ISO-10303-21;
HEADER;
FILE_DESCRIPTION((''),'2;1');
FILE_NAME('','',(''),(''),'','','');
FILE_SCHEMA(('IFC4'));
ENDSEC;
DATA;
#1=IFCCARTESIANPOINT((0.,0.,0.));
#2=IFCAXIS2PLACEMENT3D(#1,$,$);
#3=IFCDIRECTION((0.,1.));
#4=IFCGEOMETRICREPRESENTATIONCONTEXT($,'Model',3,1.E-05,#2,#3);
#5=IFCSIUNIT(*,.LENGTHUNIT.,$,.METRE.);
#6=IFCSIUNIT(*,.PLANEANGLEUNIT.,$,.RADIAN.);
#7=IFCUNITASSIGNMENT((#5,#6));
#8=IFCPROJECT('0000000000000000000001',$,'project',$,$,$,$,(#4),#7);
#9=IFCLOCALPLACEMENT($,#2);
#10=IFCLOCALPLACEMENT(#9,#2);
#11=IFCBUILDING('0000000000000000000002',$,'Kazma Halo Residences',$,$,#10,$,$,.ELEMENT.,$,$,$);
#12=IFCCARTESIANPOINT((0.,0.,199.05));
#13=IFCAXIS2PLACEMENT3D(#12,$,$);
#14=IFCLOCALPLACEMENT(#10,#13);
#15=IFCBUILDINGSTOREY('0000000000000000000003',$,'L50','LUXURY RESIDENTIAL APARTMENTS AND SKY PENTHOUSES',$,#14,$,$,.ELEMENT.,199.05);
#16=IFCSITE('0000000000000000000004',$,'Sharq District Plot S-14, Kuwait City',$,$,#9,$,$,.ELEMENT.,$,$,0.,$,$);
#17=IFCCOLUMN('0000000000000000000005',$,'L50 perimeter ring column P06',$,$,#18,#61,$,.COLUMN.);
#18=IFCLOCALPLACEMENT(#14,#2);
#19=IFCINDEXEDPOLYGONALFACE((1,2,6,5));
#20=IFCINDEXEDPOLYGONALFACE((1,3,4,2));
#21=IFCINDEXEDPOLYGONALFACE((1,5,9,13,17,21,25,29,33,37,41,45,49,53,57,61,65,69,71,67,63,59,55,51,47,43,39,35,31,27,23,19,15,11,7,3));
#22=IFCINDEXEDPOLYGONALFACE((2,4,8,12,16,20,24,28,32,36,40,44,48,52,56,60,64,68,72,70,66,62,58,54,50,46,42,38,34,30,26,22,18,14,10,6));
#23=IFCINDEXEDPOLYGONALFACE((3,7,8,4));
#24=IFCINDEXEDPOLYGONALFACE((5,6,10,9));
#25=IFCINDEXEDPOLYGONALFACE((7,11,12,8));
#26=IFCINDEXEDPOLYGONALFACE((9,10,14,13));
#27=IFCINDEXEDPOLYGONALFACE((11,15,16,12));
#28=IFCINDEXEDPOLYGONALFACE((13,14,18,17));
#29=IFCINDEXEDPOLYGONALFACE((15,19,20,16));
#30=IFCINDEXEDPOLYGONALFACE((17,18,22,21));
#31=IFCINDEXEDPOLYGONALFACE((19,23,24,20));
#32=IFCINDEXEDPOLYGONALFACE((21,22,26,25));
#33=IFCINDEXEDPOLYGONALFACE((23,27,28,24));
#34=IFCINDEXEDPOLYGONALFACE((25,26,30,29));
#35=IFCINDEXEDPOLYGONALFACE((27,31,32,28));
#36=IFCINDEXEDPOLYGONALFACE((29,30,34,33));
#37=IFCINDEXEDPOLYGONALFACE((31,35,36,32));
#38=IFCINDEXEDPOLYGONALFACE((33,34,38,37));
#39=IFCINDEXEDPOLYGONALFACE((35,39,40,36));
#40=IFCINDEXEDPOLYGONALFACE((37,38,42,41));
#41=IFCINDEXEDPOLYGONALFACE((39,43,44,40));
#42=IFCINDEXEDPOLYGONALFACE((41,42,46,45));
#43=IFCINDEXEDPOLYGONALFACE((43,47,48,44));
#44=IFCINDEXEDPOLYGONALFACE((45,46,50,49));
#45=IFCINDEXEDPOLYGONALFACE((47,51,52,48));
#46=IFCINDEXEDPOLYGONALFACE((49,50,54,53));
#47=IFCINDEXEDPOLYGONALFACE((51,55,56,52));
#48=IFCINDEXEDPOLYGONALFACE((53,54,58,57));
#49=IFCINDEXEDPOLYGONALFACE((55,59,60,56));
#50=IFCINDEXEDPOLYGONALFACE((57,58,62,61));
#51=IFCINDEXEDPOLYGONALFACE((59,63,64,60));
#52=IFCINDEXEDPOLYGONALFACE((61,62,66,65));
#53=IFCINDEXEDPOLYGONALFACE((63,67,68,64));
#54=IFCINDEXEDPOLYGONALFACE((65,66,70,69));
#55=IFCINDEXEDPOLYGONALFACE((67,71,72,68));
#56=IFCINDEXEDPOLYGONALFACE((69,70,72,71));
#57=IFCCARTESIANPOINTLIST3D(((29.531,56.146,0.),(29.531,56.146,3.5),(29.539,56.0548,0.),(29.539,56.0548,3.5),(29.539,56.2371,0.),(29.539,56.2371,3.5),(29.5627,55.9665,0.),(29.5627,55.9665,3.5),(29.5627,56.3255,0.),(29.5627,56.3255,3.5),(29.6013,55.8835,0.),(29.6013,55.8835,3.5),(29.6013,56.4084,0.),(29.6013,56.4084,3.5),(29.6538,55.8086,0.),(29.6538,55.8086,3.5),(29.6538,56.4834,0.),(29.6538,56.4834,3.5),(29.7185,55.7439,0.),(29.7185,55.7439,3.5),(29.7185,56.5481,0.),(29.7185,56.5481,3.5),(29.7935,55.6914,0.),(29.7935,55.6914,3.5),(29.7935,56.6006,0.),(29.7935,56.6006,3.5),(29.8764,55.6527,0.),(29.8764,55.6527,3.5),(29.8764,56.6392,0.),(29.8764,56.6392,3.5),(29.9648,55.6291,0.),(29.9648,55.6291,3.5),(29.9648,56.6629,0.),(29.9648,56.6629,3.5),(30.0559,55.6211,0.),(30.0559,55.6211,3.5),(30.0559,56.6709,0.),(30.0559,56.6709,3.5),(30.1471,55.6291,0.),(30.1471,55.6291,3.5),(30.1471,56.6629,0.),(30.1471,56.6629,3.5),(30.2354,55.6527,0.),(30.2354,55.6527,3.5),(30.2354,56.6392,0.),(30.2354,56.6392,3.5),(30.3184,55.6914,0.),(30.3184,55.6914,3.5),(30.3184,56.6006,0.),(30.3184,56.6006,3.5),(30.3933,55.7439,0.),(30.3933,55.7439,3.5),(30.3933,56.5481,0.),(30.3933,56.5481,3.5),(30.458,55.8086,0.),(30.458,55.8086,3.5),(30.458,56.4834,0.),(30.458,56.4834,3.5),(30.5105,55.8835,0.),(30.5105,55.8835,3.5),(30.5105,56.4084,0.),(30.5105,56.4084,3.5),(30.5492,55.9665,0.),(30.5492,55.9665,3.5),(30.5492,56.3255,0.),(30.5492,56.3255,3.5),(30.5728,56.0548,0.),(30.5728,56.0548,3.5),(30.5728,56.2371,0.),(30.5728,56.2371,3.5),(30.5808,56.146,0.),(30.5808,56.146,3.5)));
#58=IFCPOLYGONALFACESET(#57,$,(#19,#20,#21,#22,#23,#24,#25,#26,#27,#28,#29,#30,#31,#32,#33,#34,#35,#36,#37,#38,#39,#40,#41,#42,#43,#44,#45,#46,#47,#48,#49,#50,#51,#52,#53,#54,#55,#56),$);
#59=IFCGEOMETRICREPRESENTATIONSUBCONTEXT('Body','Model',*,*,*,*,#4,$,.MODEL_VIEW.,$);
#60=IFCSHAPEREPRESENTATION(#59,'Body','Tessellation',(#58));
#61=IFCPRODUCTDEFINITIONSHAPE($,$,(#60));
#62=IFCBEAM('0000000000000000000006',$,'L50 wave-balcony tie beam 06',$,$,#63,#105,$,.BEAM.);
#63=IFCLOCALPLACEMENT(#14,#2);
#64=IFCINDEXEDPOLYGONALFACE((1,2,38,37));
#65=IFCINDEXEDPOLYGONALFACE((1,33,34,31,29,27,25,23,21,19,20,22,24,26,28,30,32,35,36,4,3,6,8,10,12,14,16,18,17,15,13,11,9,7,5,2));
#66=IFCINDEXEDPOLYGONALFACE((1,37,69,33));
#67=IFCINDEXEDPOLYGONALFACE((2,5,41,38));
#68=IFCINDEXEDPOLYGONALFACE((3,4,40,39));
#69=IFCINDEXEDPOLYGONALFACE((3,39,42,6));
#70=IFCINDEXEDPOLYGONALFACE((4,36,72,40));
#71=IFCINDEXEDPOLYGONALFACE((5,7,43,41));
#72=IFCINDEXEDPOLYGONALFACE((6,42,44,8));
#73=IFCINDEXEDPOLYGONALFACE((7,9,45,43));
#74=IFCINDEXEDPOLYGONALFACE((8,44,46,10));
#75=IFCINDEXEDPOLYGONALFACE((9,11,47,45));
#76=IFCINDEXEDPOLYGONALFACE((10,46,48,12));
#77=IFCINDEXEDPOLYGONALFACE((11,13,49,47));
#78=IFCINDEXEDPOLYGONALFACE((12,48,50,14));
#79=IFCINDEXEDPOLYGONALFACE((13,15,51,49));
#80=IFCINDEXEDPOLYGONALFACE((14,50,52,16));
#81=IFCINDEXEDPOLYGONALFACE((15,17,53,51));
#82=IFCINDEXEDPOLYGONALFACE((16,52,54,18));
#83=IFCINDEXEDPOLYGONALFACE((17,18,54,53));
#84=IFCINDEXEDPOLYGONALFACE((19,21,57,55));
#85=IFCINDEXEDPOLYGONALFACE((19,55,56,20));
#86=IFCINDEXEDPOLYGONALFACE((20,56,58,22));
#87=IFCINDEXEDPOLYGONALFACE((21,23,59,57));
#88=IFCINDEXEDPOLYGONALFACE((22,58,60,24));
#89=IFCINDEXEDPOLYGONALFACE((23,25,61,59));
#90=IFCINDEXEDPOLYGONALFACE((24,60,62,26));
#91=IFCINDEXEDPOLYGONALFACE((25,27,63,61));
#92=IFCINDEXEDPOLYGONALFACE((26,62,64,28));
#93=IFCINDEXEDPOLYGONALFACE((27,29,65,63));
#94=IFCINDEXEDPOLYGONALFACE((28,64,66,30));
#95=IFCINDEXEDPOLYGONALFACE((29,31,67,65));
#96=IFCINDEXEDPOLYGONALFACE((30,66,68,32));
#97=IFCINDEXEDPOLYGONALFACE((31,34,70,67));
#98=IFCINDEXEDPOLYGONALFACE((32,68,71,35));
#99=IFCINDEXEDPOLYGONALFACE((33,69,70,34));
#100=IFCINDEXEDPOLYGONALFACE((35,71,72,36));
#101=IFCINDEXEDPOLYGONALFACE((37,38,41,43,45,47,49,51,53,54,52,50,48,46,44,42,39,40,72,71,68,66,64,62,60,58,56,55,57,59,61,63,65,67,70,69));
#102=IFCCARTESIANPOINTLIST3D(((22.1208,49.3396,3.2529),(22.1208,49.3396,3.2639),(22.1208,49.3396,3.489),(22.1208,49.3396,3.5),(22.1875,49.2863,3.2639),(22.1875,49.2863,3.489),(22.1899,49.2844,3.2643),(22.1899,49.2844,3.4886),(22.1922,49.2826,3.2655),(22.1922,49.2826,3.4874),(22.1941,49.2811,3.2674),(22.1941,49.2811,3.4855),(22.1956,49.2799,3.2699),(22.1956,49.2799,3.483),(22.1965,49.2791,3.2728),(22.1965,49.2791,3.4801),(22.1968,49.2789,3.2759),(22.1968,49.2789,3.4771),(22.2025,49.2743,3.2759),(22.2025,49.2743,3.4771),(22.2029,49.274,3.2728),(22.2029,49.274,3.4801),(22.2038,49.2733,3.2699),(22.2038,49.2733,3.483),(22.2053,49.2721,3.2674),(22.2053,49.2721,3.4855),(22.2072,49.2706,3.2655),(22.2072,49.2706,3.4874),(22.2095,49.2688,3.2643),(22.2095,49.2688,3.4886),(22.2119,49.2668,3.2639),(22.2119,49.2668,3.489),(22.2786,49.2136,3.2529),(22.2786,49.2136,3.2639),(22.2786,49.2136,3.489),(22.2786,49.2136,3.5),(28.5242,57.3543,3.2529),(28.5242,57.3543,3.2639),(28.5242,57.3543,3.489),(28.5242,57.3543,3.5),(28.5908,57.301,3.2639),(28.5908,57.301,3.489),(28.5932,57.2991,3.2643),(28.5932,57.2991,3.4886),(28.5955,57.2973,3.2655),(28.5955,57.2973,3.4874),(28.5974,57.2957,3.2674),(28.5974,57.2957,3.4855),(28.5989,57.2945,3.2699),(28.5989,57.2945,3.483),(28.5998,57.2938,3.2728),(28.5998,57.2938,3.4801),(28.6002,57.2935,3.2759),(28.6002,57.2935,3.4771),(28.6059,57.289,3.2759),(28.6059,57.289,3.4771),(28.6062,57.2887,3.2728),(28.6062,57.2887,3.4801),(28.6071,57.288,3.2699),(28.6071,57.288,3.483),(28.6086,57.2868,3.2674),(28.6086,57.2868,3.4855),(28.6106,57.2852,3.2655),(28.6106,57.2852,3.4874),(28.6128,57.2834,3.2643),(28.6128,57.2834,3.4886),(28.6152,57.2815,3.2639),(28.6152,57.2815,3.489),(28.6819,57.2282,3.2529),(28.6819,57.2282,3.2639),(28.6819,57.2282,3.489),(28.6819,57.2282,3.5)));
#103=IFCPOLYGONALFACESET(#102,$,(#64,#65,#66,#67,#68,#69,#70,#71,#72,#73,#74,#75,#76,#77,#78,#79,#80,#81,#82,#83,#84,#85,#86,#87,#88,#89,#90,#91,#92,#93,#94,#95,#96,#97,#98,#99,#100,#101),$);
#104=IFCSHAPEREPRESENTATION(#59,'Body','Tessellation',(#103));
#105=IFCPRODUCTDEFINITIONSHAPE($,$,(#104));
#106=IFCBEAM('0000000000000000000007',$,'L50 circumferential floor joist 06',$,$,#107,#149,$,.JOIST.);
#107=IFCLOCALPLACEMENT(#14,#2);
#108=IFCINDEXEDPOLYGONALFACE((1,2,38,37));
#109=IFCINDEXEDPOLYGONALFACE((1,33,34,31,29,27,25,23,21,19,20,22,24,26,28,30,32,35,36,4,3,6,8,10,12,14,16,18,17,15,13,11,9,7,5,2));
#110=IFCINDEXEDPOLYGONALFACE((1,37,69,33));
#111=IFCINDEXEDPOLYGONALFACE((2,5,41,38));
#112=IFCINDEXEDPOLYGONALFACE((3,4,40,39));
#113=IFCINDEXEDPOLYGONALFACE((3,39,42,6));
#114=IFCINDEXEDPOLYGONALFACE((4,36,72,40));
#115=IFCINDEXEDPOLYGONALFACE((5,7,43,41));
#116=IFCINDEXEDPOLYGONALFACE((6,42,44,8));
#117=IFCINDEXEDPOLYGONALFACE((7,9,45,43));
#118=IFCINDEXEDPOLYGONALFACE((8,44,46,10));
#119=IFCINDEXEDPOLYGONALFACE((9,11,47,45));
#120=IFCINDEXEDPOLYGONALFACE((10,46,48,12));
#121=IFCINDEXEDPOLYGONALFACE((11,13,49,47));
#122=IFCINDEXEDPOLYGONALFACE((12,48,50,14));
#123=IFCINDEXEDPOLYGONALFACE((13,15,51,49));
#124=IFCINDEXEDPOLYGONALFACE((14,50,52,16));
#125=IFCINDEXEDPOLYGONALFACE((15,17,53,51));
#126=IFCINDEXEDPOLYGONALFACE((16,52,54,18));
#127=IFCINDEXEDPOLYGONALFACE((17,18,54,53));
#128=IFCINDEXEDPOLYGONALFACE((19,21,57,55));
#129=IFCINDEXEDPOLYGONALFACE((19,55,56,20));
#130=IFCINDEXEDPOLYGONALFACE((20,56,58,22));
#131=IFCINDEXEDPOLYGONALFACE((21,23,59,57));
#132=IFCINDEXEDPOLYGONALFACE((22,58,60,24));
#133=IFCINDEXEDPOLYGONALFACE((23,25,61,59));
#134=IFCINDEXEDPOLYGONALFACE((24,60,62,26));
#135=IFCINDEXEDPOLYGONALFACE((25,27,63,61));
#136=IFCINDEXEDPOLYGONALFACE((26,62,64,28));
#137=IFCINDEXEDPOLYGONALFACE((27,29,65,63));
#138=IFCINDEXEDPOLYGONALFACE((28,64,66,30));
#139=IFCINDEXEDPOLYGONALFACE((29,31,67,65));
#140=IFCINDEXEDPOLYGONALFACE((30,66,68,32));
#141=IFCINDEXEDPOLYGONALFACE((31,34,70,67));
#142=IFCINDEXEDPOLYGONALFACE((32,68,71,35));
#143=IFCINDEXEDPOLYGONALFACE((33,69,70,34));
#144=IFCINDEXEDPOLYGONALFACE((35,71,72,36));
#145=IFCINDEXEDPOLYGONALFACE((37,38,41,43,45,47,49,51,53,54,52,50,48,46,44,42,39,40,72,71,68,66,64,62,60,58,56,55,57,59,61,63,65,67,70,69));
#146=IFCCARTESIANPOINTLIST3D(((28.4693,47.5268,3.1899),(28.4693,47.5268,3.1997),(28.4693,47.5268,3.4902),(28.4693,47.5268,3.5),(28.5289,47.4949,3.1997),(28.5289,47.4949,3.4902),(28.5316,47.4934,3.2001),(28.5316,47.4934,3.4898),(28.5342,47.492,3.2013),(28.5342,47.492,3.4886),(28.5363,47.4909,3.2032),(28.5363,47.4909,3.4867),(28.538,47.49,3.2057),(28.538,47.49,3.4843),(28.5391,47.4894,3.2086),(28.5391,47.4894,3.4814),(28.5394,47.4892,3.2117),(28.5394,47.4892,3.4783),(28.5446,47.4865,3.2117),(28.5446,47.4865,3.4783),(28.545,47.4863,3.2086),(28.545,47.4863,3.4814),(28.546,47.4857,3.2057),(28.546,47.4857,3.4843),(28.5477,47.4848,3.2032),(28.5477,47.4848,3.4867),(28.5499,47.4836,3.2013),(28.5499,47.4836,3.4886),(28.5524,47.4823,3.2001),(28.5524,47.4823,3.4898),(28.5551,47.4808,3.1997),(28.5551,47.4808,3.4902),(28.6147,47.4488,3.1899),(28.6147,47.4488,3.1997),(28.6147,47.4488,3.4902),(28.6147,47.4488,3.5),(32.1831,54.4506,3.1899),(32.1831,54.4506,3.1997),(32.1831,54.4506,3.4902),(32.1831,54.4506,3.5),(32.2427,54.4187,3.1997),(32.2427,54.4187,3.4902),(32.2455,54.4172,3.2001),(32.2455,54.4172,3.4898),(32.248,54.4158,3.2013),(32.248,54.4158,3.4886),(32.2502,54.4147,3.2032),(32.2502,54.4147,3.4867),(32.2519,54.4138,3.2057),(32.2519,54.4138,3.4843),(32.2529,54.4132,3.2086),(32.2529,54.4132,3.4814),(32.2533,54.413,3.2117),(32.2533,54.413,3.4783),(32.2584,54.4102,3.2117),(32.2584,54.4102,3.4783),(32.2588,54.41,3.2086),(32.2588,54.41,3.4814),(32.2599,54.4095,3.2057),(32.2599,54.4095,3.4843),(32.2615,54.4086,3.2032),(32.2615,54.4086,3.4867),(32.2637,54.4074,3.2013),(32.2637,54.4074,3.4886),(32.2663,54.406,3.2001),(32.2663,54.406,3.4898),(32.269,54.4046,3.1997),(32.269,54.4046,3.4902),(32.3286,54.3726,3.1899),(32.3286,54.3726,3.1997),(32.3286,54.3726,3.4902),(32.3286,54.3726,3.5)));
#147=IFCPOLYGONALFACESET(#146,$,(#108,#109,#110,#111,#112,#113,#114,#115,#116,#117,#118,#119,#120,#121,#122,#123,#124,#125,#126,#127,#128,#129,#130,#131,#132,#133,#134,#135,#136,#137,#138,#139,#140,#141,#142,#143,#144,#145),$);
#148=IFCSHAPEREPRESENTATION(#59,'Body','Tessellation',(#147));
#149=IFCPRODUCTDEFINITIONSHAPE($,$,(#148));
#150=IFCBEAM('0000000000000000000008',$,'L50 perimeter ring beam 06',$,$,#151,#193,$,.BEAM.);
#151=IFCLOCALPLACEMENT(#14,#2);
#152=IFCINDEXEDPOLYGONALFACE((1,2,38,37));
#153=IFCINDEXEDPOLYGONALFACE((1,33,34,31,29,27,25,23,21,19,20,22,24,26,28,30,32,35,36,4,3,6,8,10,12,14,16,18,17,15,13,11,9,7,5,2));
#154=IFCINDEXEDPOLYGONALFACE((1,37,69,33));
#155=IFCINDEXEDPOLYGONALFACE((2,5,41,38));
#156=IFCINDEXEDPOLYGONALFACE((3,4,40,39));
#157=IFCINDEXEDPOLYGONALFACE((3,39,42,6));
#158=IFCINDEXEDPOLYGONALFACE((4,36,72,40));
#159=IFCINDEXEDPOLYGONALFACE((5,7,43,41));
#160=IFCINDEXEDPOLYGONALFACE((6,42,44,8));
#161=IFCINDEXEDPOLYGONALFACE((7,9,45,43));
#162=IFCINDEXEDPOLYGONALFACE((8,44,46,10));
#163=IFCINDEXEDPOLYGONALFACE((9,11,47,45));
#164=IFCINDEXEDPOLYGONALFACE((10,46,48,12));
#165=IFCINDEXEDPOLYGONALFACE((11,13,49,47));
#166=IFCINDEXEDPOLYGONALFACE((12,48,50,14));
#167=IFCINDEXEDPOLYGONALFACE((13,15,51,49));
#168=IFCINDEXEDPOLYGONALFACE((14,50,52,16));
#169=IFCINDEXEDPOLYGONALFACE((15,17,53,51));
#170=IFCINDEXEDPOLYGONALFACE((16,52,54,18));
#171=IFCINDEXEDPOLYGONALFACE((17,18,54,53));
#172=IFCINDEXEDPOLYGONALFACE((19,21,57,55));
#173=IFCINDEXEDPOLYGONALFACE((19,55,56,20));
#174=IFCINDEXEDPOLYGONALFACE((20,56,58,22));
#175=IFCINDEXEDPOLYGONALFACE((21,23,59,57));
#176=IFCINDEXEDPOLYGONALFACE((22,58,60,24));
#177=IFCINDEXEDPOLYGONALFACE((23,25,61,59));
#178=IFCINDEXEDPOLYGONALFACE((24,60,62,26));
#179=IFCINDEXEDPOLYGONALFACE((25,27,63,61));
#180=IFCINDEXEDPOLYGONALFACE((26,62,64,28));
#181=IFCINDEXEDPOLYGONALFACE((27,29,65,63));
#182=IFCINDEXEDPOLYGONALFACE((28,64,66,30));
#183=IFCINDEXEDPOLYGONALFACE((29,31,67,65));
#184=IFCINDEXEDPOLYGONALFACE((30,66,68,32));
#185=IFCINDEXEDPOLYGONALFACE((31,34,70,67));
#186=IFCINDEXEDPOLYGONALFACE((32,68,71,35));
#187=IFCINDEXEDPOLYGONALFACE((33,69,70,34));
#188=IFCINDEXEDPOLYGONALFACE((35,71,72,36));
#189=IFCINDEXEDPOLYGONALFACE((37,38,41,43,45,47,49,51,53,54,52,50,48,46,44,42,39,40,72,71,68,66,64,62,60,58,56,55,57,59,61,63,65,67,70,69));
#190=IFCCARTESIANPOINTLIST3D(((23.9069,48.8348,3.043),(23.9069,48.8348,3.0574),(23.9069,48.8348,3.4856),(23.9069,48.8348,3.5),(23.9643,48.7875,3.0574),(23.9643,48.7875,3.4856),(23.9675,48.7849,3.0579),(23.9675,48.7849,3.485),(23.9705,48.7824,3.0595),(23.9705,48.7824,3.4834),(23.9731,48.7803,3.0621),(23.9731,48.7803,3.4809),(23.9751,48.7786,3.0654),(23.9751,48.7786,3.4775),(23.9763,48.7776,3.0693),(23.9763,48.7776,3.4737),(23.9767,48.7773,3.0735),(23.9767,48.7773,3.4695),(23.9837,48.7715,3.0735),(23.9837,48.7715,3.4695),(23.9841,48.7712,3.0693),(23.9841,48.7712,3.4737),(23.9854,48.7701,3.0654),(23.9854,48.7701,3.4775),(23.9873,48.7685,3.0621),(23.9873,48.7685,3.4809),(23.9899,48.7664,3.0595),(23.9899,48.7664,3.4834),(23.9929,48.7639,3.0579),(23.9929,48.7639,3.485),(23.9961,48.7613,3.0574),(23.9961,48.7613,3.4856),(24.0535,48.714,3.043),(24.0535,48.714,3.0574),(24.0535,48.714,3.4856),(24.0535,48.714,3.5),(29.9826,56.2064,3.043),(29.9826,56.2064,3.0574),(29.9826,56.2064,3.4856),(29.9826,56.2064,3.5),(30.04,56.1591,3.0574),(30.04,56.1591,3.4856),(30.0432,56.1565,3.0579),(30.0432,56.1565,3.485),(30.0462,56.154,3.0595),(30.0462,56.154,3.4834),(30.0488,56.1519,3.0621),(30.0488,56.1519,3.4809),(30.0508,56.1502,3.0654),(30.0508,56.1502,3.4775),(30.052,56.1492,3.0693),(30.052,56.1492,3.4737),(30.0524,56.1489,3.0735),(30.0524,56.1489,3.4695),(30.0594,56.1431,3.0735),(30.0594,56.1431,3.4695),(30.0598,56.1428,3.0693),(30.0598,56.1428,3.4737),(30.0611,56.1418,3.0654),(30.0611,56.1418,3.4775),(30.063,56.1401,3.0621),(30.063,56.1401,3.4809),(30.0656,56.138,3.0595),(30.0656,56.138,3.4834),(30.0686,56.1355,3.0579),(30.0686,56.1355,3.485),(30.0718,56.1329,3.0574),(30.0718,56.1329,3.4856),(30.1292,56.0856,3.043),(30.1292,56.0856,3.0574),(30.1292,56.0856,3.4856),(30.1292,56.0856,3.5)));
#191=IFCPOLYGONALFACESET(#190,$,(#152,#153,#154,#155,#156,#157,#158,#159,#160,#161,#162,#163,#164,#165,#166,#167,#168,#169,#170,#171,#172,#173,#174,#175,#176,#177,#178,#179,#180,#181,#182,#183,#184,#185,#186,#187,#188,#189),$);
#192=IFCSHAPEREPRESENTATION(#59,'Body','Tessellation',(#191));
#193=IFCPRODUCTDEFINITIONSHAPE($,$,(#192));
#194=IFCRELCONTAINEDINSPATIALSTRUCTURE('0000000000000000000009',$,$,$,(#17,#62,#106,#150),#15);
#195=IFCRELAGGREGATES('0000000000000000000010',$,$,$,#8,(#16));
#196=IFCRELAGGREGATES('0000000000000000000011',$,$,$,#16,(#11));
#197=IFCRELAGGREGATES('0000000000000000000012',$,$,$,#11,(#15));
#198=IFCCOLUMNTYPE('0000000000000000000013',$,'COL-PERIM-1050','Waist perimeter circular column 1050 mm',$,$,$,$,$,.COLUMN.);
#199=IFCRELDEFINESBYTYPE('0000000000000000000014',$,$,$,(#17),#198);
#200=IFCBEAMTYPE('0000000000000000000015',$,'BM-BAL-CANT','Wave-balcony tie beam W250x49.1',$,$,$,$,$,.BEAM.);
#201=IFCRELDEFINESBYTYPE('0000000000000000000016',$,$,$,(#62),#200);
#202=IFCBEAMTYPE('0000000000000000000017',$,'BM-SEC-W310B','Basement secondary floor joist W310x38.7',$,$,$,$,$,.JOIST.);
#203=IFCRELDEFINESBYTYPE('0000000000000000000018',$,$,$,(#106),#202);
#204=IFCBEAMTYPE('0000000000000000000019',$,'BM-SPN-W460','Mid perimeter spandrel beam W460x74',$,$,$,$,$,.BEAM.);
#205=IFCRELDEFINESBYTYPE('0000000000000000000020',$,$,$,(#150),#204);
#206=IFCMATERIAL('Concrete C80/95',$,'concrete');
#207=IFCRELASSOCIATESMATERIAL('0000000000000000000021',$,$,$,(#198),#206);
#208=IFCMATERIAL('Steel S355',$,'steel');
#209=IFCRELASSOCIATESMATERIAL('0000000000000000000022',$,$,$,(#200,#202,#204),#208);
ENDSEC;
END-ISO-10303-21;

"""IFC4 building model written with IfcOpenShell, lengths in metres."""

from ifc_helpers import new_model, si_unit, direction, frame, origin, origin_2d, place, context, subcontext, project, spatial, circle, i_section, extrude, material, material_profile, profile_set, type_object, element, save


model = new_model("IFC4")

# Units and contexts
model_context = context("Model", 3, precision=1e-05, world=origin(), true_north=direction((0.0, 1.0)))
body_context = subcontext(model_context, "Body", "Model", "MODEL_VIEW")
ifc_project = project(units=[si_unit("LENGTHUNIT", "METRE"), si_unit("PLANEANGLEUNIT", "RADIAN")], contexts=[model_context])

# Site, building, storey
site_placement = place(None, origin())
site = spatial("IfcSite", under=ifc_project, at=site_placement, Name="Sharq District Plot S-14, Kuwait City", CompositionType="ELEMENT", RefElevation=0.0)
building_placement = place(site_placement, origin())
building = spatial("IfcBuilding", under=site, at=building_placement, Name="Kazma Halo Residences", CompositionType="ELEMENT")
storey_placement = place(building_placement, frame((0.0, 0.0, 199.05)))
storey = spatial("IfcBuildingStorey", under=building, at=storey_placement, Name="L50", Description="LUXURY RESIDENTIAL APARTMENTS AND SKY PENTHOUSES", CompositionType="ELEMENT", Elevation=199.05)

# Column
ifc_material_1 = material(Name="Concrete C80/95", Category="concrete")
ifc_material_profile_1 = material_profile(ifc_material_1, circle(Radius=0.5249, at=origin_2d()), Name="CIRC1050")
ifc_profile_set_1 = profile_set([ifc_material_profile_1], Name="Concrete C80/95")
column_type = type_object("IfcColumnType", Name="COL-PERIM-1050", Description="Waist perimeter circular column 1050 mm", PredefinedType="COLUMN", material=ifc_profile_set_1)
column_placement = place(storey_placement, frame((30.0559, 56.146, 0.0), z_axis=(0.0, 0.0, 1.0), x_axis=(1.0, 0.0, 0.0)))
element("IfcColumn", 1, at=column_placement, inside=storey, type_object=column_type, Name="L50 perimeter ring column P06", PredefinedType="COLUMN", context=body_context, shape_type="SweptSolid", body=[
    extrude(circle(Radius=0.5249, at=origin_2d()), origin(), (0.0, 0.0, 1.0), 3.5),
])

# Beams
ifc_material_2 = material(Name="Steel S355", Category="steel")
ifc_material_profile_2 = material_profile(ifc_material_2, i_section(OverallWidth=0.2019, OverallDepth=0.2471, WebThickness=0.0073, FlangeThickness=0.011, FilletRadius=0.012, at=origin_2d()), Name="W250x49.1")
ifc_profile_set_2 = profile_set([ifc_material_profile_2], Name="Steel S355")
beam_type_1 = type_object("IfcBeamType", Name="BM-BAL-CANT", Description="Wave-balcony tie beam W250x49.1", PredefinedType="BEAM", material=ifc_profile_set_2)
beam_1_placement = place(storey_placement, frame((28.603, 57.2913, 3.3765), z_axis=(-0.624196, -0.781268, 0.0), x_axis=(0.781268, -0.624196, 0.0)))
element("IfcBeam", 2, at=beam_1_placement, inside=storey, type_object=beam_type_1, Name="L50 wave-balcony tie beam 06", PredefinedType="BEAM", context=body_context, shape_type="SweptSolid", body=[
    extrude(i_section(OverallWidth=0.2019, OverallDepth=0.2471, WebThickness=0.0073, FlangeThickness=0.011, FilletRadius=0.012, at=origin_2d()), origin(), (0.0, 0.0, 1.0), 10.2585),
])
ifc_material_profile_3 = material_profile(ifc_material_2, i_section(OverallWidth=0.165, OverallDepth=0.3101, WebThickness=0.0059, FlangeThickness=0.0098, FilletRadius=0.012, at=origin_2d()), Name="W310x38.7")
ifc_profile_set_3 = profile_set([ifc_material_profile_3], Name="Steel S355")
beam_type_2 = type_object("IfcBeamType", Name="BM-SEC-W310B", Description="Basement secondary floor joist W310x38.7", PredefinedType="JOIST", material=ifc_profile_set_3)
beam_2_placement = place(storey_placement, frame((32.2559, 54.4116, 3.345), z_axis=(-0.472684, -0.881232, 0.0), x_axis=(0.881232, -0.472684, 0.0)))
element("IfcBeam", 3, at=beam_2_placement, inside=storey, type_object=beam_type_2, Name="L50 circumferential floor joist 06", PredefinedType="JOIST", context=body_context, shape_type="SweptSolid", body=[
    extrude(i_section(OverallWidth=0.165, OverallDepth=0.3101, WebThickness=0.0059, FlangeThickness=0.0098, FilletRadius=0.012, at=origin_2d()), origin(), (0.0, 0.0, 1.0), 7.8569),
])
ifc_material_profile_4 = material_profile(ifc_material_2, i_section(OverallWidth=0.1899, OverallDepth=0.457, WebThickness=0.009, FlangeThickness=0.0144, FilletRadius=0.0161, at=origin_2d()), Name="W460x74")
ifc_profile_set_4 = profile_set([ifc_material_profile_4], Name="Steel S355")
beam_type_3 = type_object("IfcBeamType", Name="BM-SPN-W460", Description="Mid perimeter spandrel beam W460x74", PredefinedType="BEAM", material=ifc_profile_set_4)
beam_3_placement = place(storey_placement, frame((30.0559, 56.146, 3.2715), z_axis=(-0.636017, -0.771675, 0.0), x_axis=(0.771675, -0.636017, 0.0)))
element("IfcBeam", 4, at=beam_3_placement, inside=storey, type_object=beam_type_3, Name="L50 perimeter ring beam 06", PredefinedType="BEAM", context=body_context, shape_type="SweptSolid", body=[
    extrude(i_section(OverallWidth=0.1899, OverallDepth=0.457, WebThickness=0.009, FlangeThickness=0.0144, FilletRadius=0.0161, at=origin_2d()), origin(), (0.0, 0.0, 1.0), 9.5527),
])

save(model, "model.ifc")
